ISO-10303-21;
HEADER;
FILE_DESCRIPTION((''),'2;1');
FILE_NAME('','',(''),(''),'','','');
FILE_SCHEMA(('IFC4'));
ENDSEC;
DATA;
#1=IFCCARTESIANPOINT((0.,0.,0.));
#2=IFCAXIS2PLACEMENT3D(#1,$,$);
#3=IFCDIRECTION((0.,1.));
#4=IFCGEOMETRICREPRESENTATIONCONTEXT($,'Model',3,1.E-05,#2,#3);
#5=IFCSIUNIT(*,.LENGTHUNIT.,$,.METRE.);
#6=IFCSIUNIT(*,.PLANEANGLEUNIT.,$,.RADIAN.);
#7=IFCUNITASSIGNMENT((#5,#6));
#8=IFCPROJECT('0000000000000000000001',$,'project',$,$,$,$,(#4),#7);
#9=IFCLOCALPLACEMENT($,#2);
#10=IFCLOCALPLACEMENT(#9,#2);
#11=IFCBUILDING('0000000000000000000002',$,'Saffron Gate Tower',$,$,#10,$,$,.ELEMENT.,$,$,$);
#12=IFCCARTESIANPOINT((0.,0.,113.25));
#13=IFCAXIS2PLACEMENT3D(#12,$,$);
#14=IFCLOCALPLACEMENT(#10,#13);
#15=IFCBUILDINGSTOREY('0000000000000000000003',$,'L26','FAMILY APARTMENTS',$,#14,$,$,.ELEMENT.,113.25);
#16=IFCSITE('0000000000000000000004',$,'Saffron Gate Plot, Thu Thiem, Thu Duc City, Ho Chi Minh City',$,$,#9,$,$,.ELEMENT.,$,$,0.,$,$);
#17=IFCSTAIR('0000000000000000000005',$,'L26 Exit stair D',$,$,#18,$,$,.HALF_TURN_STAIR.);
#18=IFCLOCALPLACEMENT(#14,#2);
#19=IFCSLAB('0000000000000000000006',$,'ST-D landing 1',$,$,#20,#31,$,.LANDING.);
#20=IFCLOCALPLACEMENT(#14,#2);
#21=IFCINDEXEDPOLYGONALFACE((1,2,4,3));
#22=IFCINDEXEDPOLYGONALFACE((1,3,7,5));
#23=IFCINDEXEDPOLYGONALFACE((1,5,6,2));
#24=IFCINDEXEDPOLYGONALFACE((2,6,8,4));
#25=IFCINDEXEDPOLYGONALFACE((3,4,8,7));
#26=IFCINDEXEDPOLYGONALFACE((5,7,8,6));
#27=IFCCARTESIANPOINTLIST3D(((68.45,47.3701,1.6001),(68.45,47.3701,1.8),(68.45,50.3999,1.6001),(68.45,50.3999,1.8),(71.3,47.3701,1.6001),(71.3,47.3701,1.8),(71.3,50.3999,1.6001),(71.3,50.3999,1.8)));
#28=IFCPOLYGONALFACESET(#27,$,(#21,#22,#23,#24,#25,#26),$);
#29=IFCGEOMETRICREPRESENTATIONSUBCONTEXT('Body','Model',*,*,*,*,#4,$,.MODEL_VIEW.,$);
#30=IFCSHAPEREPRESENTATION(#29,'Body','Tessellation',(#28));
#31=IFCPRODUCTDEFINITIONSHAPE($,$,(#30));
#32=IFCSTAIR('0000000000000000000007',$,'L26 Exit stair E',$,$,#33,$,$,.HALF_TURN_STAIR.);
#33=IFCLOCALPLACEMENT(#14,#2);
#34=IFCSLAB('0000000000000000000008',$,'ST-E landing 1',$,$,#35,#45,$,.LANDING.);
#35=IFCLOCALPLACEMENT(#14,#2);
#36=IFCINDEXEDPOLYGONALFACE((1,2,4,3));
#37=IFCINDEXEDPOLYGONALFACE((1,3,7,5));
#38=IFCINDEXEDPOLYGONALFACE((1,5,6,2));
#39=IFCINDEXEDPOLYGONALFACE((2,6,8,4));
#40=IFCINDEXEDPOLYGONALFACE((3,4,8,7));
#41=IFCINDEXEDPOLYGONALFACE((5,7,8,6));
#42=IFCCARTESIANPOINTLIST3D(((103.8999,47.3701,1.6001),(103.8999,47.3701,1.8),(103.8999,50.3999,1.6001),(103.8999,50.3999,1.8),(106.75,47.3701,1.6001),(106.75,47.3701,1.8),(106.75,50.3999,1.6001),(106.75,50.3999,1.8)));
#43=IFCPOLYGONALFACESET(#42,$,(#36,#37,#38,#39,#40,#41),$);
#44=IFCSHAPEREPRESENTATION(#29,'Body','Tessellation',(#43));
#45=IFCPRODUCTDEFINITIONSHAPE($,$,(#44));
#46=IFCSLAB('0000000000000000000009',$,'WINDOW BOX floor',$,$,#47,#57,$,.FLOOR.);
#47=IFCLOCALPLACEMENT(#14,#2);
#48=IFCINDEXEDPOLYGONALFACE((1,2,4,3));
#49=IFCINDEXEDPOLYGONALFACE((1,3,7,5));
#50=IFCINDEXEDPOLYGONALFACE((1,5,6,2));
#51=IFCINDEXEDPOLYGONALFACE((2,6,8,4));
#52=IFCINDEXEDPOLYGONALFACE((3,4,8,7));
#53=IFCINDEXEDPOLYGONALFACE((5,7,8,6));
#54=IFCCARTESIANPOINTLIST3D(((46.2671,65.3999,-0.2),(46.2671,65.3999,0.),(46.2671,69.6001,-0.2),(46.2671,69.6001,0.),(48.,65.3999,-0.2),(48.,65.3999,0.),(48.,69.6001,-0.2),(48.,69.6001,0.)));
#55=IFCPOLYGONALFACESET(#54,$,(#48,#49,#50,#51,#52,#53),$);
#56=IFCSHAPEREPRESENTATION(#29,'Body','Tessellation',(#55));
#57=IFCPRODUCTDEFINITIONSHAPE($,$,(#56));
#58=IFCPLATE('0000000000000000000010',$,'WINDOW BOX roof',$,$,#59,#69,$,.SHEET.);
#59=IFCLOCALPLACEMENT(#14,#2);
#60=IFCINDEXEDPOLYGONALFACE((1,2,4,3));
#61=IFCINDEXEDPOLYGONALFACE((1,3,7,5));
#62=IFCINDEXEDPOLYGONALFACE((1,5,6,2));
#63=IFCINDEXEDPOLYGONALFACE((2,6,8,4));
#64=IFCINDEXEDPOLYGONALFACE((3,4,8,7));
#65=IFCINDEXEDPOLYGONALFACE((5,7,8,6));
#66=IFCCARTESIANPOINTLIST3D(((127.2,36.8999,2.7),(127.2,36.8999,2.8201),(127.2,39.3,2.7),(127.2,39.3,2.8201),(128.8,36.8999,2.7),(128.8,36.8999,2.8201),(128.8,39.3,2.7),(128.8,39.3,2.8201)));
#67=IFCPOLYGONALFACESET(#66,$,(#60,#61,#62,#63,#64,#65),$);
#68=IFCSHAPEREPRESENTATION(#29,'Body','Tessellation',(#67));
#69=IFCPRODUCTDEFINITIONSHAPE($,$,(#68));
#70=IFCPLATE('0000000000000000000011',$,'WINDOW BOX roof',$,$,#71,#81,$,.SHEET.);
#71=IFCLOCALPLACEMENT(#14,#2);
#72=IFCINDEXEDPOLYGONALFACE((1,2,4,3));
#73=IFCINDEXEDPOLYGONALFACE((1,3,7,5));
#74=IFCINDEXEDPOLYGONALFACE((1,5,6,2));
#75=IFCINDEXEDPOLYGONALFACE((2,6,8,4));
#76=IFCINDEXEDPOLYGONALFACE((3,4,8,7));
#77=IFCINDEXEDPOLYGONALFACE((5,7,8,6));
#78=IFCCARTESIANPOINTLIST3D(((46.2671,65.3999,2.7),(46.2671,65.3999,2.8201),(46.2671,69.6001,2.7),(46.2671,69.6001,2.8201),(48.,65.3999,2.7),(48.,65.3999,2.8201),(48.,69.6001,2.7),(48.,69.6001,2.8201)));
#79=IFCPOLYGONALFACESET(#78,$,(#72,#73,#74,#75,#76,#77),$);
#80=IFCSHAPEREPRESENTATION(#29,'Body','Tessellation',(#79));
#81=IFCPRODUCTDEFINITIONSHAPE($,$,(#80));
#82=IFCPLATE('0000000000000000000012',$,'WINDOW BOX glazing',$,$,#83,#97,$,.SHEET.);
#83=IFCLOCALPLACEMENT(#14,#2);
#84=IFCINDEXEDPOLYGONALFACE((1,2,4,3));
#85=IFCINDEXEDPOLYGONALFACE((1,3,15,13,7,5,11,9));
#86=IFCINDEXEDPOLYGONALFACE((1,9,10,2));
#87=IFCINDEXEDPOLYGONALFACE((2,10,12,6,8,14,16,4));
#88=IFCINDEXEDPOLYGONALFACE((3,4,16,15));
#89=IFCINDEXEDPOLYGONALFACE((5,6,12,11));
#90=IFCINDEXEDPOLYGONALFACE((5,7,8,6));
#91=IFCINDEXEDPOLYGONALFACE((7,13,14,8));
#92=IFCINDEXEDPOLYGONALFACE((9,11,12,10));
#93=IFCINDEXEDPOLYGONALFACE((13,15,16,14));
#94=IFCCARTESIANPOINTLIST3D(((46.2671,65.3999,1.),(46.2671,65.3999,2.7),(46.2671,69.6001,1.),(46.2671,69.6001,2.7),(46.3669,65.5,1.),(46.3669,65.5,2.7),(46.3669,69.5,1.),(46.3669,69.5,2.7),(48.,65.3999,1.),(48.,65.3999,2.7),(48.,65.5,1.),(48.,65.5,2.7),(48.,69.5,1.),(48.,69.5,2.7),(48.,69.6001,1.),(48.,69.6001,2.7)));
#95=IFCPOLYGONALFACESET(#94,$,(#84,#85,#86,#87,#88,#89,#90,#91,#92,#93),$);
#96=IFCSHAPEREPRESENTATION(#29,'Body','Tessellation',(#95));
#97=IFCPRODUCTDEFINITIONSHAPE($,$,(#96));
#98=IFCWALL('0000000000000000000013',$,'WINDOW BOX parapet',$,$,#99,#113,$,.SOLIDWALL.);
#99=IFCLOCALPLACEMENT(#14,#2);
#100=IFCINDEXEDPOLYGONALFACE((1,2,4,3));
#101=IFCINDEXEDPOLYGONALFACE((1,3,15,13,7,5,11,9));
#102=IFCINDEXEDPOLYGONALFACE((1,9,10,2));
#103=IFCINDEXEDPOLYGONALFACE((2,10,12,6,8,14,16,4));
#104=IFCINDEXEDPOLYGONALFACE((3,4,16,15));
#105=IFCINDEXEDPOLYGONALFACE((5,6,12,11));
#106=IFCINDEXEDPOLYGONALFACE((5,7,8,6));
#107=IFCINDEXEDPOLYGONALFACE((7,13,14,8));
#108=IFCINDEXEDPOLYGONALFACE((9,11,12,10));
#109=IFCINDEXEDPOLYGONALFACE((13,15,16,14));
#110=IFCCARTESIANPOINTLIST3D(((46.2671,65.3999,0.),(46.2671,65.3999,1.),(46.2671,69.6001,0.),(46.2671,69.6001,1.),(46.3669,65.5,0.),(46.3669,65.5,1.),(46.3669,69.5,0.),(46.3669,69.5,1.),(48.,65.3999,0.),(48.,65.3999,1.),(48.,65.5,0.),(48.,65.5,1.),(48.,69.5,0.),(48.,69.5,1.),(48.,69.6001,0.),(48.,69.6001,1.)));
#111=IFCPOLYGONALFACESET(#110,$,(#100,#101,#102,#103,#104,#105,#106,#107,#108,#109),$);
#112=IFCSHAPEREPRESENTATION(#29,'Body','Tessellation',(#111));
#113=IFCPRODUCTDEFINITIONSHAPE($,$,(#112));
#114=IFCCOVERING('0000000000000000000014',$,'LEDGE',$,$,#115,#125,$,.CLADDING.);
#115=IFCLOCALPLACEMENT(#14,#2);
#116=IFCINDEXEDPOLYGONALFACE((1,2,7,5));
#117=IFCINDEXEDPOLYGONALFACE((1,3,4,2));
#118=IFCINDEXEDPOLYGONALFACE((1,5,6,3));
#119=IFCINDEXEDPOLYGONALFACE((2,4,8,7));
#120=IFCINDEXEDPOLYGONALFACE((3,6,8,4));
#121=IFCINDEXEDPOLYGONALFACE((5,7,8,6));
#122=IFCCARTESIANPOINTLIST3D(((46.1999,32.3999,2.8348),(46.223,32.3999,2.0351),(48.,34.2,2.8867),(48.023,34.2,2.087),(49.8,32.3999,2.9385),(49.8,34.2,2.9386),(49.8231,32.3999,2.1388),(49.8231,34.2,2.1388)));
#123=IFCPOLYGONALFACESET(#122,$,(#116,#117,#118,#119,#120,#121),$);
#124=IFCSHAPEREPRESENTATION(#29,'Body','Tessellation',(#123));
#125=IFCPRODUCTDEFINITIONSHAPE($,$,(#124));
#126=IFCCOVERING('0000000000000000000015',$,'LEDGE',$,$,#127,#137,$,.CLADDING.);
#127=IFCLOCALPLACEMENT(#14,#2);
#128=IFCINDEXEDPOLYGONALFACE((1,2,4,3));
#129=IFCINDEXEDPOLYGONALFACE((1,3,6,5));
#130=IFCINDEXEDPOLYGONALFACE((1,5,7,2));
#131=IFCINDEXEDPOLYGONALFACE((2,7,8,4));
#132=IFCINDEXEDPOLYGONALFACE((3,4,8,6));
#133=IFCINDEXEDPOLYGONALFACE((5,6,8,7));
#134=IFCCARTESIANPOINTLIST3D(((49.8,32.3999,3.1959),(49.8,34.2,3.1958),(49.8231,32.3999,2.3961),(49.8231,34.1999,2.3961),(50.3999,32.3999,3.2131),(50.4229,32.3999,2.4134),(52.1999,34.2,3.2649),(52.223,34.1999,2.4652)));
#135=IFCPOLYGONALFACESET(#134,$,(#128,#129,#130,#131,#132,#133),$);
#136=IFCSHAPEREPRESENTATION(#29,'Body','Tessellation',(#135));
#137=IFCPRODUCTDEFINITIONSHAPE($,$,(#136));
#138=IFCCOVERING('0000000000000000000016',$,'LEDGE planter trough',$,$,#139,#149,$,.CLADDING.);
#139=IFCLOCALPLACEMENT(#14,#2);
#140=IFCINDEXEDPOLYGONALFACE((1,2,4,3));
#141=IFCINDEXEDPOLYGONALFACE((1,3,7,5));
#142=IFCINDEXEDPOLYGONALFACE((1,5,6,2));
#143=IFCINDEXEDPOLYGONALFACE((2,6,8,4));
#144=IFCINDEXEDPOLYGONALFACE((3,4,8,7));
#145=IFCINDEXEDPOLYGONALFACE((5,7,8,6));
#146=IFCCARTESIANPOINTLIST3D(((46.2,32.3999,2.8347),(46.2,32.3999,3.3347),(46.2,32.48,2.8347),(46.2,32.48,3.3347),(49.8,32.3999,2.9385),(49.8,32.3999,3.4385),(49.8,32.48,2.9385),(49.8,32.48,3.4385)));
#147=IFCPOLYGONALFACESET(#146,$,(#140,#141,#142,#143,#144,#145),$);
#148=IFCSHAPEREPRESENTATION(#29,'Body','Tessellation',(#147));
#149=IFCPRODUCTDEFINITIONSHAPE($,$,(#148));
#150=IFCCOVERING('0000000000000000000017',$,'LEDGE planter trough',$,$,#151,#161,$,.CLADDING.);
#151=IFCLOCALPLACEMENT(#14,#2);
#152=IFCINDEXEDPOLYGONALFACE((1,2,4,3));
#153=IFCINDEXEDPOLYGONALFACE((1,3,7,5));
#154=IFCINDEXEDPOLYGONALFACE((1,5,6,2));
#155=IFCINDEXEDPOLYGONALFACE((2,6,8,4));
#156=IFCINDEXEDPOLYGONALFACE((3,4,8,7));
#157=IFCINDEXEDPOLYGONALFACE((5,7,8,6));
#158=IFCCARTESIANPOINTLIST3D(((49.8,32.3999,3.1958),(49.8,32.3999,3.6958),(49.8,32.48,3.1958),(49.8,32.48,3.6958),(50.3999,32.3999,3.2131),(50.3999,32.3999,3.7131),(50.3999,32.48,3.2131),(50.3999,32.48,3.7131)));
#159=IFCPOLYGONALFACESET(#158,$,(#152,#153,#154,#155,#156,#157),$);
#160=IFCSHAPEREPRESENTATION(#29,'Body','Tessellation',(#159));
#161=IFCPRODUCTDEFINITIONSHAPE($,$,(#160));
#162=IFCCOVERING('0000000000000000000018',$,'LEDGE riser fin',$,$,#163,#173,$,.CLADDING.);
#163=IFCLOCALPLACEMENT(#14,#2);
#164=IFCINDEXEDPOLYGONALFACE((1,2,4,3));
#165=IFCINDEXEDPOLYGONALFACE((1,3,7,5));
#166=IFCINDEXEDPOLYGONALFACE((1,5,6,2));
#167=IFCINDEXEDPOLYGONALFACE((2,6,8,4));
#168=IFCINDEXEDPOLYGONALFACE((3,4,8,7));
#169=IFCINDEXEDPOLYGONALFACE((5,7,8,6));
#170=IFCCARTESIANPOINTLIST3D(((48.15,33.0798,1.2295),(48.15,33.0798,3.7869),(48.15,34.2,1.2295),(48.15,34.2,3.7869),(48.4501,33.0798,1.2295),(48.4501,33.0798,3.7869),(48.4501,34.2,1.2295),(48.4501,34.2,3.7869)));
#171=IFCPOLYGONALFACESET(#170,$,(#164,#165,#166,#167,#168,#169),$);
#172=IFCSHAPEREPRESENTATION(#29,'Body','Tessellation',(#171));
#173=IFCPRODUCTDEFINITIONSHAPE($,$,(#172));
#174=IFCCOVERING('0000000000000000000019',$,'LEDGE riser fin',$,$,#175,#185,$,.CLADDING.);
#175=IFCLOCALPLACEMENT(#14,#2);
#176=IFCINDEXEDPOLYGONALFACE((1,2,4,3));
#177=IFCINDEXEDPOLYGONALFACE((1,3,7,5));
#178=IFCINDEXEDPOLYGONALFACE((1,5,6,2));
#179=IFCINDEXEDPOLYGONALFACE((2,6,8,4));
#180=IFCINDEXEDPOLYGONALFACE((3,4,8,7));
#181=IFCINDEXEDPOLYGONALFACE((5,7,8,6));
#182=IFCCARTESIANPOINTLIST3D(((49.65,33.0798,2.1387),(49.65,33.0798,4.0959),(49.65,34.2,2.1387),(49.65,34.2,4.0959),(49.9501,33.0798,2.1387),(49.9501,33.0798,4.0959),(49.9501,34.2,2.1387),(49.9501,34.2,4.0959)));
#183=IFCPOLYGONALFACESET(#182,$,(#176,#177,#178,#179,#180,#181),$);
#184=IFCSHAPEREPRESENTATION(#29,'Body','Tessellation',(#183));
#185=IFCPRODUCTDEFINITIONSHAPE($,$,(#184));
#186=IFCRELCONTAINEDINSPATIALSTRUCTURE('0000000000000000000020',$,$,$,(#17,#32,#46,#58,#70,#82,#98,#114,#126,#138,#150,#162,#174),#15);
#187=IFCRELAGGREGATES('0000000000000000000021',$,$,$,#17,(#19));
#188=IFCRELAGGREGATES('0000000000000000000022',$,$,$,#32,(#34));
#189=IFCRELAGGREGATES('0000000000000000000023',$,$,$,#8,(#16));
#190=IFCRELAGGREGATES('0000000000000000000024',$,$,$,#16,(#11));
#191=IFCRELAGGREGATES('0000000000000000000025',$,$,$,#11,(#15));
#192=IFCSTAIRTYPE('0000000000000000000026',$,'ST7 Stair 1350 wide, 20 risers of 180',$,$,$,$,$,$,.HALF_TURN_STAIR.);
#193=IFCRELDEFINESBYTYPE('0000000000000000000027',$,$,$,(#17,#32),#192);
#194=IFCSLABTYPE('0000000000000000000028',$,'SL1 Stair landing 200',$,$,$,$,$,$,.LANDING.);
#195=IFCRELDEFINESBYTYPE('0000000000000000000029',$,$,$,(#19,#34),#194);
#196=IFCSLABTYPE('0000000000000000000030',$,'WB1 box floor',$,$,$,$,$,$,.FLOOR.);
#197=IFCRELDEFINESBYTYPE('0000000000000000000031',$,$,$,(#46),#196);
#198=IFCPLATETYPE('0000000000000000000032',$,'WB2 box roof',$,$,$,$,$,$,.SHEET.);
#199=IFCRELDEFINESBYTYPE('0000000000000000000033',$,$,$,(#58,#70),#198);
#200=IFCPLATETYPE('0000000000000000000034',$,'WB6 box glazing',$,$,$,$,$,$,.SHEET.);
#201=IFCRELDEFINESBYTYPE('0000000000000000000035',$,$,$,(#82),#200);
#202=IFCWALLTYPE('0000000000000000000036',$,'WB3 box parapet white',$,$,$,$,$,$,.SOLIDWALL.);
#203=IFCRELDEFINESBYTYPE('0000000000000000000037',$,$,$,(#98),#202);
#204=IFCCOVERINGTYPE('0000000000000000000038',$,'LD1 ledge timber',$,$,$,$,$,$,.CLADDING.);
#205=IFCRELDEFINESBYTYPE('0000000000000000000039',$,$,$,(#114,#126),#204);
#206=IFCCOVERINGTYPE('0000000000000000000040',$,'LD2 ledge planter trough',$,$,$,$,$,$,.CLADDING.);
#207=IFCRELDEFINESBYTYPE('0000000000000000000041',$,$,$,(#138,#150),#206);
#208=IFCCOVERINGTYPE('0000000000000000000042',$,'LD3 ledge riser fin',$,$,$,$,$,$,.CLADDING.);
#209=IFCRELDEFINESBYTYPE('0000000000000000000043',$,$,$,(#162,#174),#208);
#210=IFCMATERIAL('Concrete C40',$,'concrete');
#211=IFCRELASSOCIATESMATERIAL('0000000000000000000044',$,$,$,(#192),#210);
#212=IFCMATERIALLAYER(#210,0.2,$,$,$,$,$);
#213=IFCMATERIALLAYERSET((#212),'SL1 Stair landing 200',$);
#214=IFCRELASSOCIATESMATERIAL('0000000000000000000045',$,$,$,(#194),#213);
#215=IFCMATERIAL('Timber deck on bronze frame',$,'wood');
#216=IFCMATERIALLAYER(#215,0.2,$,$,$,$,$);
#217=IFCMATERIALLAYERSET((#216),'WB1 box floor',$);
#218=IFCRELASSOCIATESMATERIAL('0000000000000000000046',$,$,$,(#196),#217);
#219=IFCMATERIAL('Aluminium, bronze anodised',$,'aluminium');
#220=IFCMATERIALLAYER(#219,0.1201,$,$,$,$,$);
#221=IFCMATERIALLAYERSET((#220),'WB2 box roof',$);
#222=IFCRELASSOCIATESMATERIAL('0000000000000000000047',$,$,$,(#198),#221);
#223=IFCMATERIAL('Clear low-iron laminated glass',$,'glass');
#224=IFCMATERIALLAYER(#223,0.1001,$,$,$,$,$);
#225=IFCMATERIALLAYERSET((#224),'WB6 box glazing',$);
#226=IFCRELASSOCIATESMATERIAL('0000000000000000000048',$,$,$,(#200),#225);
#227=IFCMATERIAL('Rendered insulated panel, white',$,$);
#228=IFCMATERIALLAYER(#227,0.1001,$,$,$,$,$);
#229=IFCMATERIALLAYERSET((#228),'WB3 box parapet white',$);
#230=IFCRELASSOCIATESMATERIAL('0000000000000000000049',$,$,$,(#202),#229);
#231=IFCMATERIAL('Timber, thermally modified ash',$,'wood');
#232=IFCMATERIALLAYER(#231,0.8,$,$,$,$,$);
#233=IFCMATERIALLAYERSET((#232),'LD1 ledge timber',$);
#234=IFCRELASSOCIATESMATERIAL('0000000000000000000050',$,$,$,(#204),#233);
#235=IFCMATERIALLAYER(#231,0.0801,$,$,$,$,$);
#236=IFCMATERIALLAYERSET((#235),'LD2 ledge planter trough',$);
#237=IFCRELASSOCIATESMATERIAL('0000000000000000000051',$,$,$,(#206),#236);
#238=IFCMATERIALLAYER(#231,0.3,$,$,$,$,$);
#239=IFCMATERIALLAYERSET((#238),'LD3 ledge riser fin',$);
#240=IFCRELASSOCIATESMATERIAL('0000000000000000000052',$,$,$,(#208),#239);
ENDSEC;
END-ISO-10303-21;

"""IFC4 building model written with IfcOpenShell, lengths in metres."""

from ifc_helpers import new_model, si_unit, direction, frame, origin, origin_2d, place, context, subcontext, project, spatial, polyline, rectangle, outline, extrude, material, layer, layer_set, type_object, element, aggregate, save


model = new_model("IFC4")

# Units and contexts
model_context = context("Model", 3, precision=1e-05, world=origin(), true_north=direction((0.0, 1.0)))
body_context = subcontext(model_context, "Body", "Model", "MODEL_VIEW")
ifc_project = project(units=[si_unit("LENGTHUNIT", "METRE"), si_unit("PLANEANGLEUNIT", "RADIAN")], contexts=[model_context])

# Site, building, storey
site_placement = place(None, origin())
site = spatial("IfcSite", under=ifc_project, at=site_placement, Name="Saffron Gate Plot, Thu Thiem, Thu Duc City, Ho Chi Minh City", CompositionType="ELEMENT", RefElevation=0.0)
building_placement = place(site_placement, origin())
building = spatial("IfcBuilding", under=site, at=building_placement, Name="Saffron Gate Tower", CompositionType="ELEMENT")
storey_placement = place(building_placement, frame((0.0, 0.0, 113.25)))
storey = spatial("IfcBuildingStorey", under=building, at=storey_placement, Name="L26", Description="FAMILY APARTMENTS", CompositionType="ELEMENT", Elevation=113.25)

# Shared definitions
ifc_material_1 = material(Name="Aluminium, bronze anodised", Category="aluminium")

# Stairs, slabs
ifc_material_2 = material(Name="Concrete C40", Category="concrete")
stair_type = type_object("IfcStairType", Name="ST7 Stair 1350 wide, 20 risers of 180", PredefinedType="HALF_TURN_STAIR", material=ifc_material_2)
ifc_layer_1 = layer(ifc_material_2, 0.2)
ifc_layer_set_1 = layer_set([ifc_layer_1], Name="SL1 Stair landing 200")
slab_type_1 = type_object("IfcSlabType", Name="SL1 Stair landing 200", PredefinedType="LANDING", material=ifc_layer_set_1)
stair_1_placement = place(storey_placement, origin())
stair_1 = element("IfcStair", 1, at=stair_1_placement, inside=storey, type_object=stair_type, Name="L26 Exit stair D", PredefinedType="HALF_TURN_STAIR")
slab_1_placement = place(storey_placement, frame((0.0, 0.0, 1.6001)))
slab_1 = element("IfcSlab", 2, at=slab_1_placement, type_object=slab_type_1, Name="ST-D landing 1", PredefinedType="LANDING", context=body_context, shape_type="SweptSolid", body=[
    extrude(outline(polyline([(71.3, 47.3701), (71.3, 50.3999), (68.45, 50.3999), (68.45, 47.3701), (71.3, 47.3701)])), origin(), (0.0, 0.0, 1.0), 0.2),
])
aggregate(stair_1, [slab_1])
stair_2_placement = place(storey_placement, origin())
stair_2 = element("IfcStair", 3, at=stair_2_placement, inside=storey, type_object=stair_type, Name="L26 Exit stair E", PredefinedType="HALF_TURN_STAIR")
slab_2_placement = place(storey_placement, frame((0.0, 0.0, 1.6001)))
slab_2 = element("IfcSlab", 4, at=slab_2_placement, type_object=slab_type_1, Name="ST-E landing 1", PredefinedType="LANDING", context=body_context, shape_type="SweptSolid", body=[
    extrude(outline(polyline([(106.75, 47.3701), (106.75, 50.3999), (103.8999, 50.3999), (103.8999, 47.3701), (106.75, 47.3701)])), origin(), (0.0, 0.0, 1.0), 0.2),
])
aggregate(stair_2, [slab_2])

# Slab
ifc_material_3 = material(Name="Timber deck on bronze frame", Category="wood")
ifc_layer_2 = layer(ifc_material_3, 0.2)
ifc_layer_set_2 = layer_set([ifc_layer_2], Name="WB1 box floor")
slab_type_2 = type_object("IfcSlabType", Name="WB1 box floor", PredefinedType="FLOOR", material=ifc_layer_set_2)
slab_3_placement = place(storey_placement, frame((0.0, 0.0, -0.2)))
element("IfcSlab", 5, at=slab_3_placement, inside=storey, type_object=slab_type_2, Name="WINDOW BOX floor", PredefinedType="FLOOR", context=body_context, shape_type="SweptSolid", body=[
    extrude(outline(polyline([(48.0, 69.6001), (48.0, 65.3999), (46.2671, 65.3999), (46.2671, 69.6001), (48.0, 69.6001)])), origin(), (0.0, 0.0, 1.0), 0.2),
])

# Plates
ifc_layer_3 = layer(ifc_material_1, 0.1201)
ifc_layer_set_3 = layer_set([ifc_layer_3], Name="WB2 box roof")
plate_type_1 = type_object("IfcPlateType", Name="WB2 box roof", PredefinedType="SHEET", material=ifc_layer_set_3)
plate_1_placement = place(storey_placement, frame((0.0, 0.0, 2.7)))
element("IfcPlate", 6, at=plate_1_placement, inside=storey, type_object=plate_type_1, Name="WINDOW BOX roof", PredefinedType="SHEET", context=body_context, shape_type="SweptSolid", body=[
    extrude(outline(polyline([(127.2, 36.8999), (127.2, 39.3), (128.8, 39.3), (128.8, 36.8999), (127.2, 36.8999)])), origin(), (0.0, 0.0, 1.0), 0.1201),
])
plate_2_placement = place(storey_placement, frame((0.0, 0.0, 2.7)))
element("IfcPlate", 7, at=plate_2_placement, inside=storey, type_object=plate_type_1, Name="WINDOW BOX roof", PredefinedType="SHEET", context=body_context, shape_type="SweptSolid", body=[
    extrude(outline(polyline([(48.0, 69.6001), (48.0, 65.3999), (46.2671, 65.3999), (46.2671, 69.6001), (48.0, 69.6001)])), origin(), (0.0, 0.0, 1.0), 0.1201),
])
ifc_material_4 = material(Name="Clear low-iron laminated glass", Category="glass")
ifc_layer_4 = layer(ifc_material_4, 0.1001)
ifc_layer_set_4 = layer_set([ifc_layer_4], Name="WB6 box glazing")
plate_type_2 = type_object("IfcPlateType", Name="WB6 box glazing", PredefinedType="SHEET", material=ifc_layer_set_4)
plate_3_placement = place(storey_placement, frame((0.0, 0.0, 1.0)))
element("IfcPlate", 8, at=plate_3_placement, inside=storey, type_object=plate_type_2, Name="WINDOW BOX glazing", PredefinedType="SHEET", context=body_context, shape_type="SweptSolid", body=[
    extrude(outline(polyline([(48.0, 69.6001), (48.0, 69.5), (46.3669, 69.5), (46.3669, 65.5), (48.0, 65.5), (48.0, 65.3999), (46.2671, 65.3999), (46.2671, 69.6001), (48.0, 69.6001)])), origin(), (0.0, 0.0, 1.0), 1.7),
])

# Wall
ifc_material_5 = material(Name="Rendered insulated panel, white")
ifc_layer_5 = layer(ifc_material_5, 0.1001)
ifc_layer_set_5 = layer_set([ifc_layer_5], Name="WB3 box parapet white")
wall_type = type_object("IfcWallType", Name="WB3 box parapet white", PredefinedType="SOLIDWALL", material=ifc_layer_set_5)
wall_placement = place(storey_placement, origin())
element("IfcWall", 9, at=wall_placement, inside=storey, type_object=wall_type, Name="WINDOW BOX parapet", PredefinedType="SOLIDWALL", context=body_context, shape_type="SweptSolid", body=[
    extrude(outline(polyline([(48.0, 69.6001), (48.0, 69.5), (46.3669, 69.5), (46.3669, 65.5), (48.0, 65.5), (48.0, 65.3999), (46.2671, 65.3999), (46.2671, 69.6001), (48.0, 69.6001)])), origin(), (0.0, 0.0, 1.0), 1.0),
])

# Coverings
ifc_material_6 = material(Name="Timber, thermally modified ash", Category="wood")
ifc_layer_6 = layer(ifc_material_6, 0.8)
ifc_layer_set_6 = layer_set([ifc_layer_6], Name="LD1 ledge timber")
covering_type_1 = type_object("IfcCoveringType", Name="LD1 ledge timber", PredefinedType="CLADDING", material=ifc_layer_set_6)
covering_1_placement = place(storey_placement, frame((48.0, 34.2, 2.8867), z_axis=(-0.028787, -0.000045, 0.999586), x_axis=(0.999586, 0.0, 0.028787)))
element("IfcCovering", 10, at=covering_1_placement, inside=storey, type_object=covering_type_1, Name="LEDGE", PredefinedType="CLADDING", context=body_context, shape_type="SweptSolid", body=[
    extrude(outline(polyline([(0.0, 0.0), (1.8008, 0.0), (1.8008, -1.8), (-1.8008, -1.8), (0.0, 0.0)])), origin(), (0.0, 0.0, -1.0), 0.8),
])
covering_2_placement = place(storey_placement, frame((49.8, 34.2, 3.1958), z_axis=(-0.028799, 0.000029, 0.999585), x_axis=(0.999585, 0.0, 0.028799)))
element("IfcCovering", 11, at=covering_2_placement, inside=storey, type_object=covering_type_1, Name="LEDGE", PredefinedType="CLADDING", context=body_context, shape_type="SweptSolid", body=[
    extrude(outline(polyline([(0.0, 0.0), (2.4009, 0.0), (0.6001, -1.8), (0.0, -1.8), (0.0, 0.0)])), origin(), (0.0, 0.0, -1.0), 0.8),
])
ifc_layer_7 = layer(ifc_material_6, 0.0801)
ifc_layer_set_7 = layer_set([ifc_layer_7], Name="LD2 ledge planter trough")
covering_type_2 = type_object("IfcCoveringType", Name="LD2 ledge planter trough", PredefinedType="CLADDING", material=ifc_layer_set_7)
covering_3_placement = place(storey_placement, frame((46.2, 32.3999, 2.8347), z_axis=(0.0, -1.0, 0.0), x_axis=(0.999585, 0.0, 0.028809)))
element("IfcCovering", 12, at=covering_3_placement, inside=storey, type_object=covering_type_2, Name="LEDGE planter trough", PredefinedType="CLADDING", context=body_context, shape_type="SweptSolid", body=[
    extrude(outline(polyline([(0.0, 0.0), (3.6016, 0.0), (3.616, 0.4998), (0.0144, 0.4998), (0.0, 0.0)])), origin(), (0.0, 0.0, -1.0), 0.0801),
])
covering_4_placement = place(storey_placement, frame((49.8, 32.3999, 3.1958), z_axis=(0.0, -1.0, 0.0), x_axis=(0.999583, 0.0, 0.028885)))
element("IfcCovering", 13, at=covering_4_placement, inside=storey, type_object=covering_type_2, Name="LEDGE planter trough", PredefinedType="CLADDING", context=body_context, shape_type="SweptSolid", body=[
    extrude(outline(polyline([(0.0, 0.0), (0.6001, 0.0), (0.6145, 0.4998), (0.0144, 0.4998), (0.0, 0.0)])), origin(), (0.0, 0.0, -1.0), 0.0801),
])
ifc_layer_8 = layer(ifc_material_6, 0.3)
ifc_layer_set_8 = layer_set([ifc_layer_8], Name="LD3 ledge riser fin")
covering_type_3 = type_object("IfcCoveringType", Name="LD3 ledge riser fin", PredefinedType="CLADDING", material=ifc_layer_set_8)
covering_5_placement = place(storey_placement, frame((48.3, 33.6399, 1.2295), z_axis=(0.0, 0.0, 1.0), x_axis=(1.0, 0.0, 0.0)))
element("IfcCovering", 14, at=covering_5_placement, inside=storey, type_object=covering_type_3, Name="LEDGE riser fin", PredefinedType="CLADDING", context=body_context, shape_type="SweptSolid", body=[
    extrude(rectangle(XDim=0.3, YDim=1.1201, at=origin_2d()), origin(), (0.0, 0.0, 1.0), 2.5574),
])
covering_6_placement = place(storey_placement, frame((49.8, 33.6399, 2.1387), z_axis=(0.0, 0.0, 1.0), x_axis=(1.0, 0.0, 0.0)))
element("IfcCovering", 15, at=covering_6_placement, inside=storey, type_object=covering_type_3, Name="LEDGE riser fin", PredefinedType="CLADDING", context=body_context, shape_type="SweptSolid", body=[
    extrude(rectangle(XDim=0.3, YDim=1.1201, at=origin_2d()), origin(), (0.0, 0.0, 1.0), 1.9573),
])

save(model, "model.ifc")
